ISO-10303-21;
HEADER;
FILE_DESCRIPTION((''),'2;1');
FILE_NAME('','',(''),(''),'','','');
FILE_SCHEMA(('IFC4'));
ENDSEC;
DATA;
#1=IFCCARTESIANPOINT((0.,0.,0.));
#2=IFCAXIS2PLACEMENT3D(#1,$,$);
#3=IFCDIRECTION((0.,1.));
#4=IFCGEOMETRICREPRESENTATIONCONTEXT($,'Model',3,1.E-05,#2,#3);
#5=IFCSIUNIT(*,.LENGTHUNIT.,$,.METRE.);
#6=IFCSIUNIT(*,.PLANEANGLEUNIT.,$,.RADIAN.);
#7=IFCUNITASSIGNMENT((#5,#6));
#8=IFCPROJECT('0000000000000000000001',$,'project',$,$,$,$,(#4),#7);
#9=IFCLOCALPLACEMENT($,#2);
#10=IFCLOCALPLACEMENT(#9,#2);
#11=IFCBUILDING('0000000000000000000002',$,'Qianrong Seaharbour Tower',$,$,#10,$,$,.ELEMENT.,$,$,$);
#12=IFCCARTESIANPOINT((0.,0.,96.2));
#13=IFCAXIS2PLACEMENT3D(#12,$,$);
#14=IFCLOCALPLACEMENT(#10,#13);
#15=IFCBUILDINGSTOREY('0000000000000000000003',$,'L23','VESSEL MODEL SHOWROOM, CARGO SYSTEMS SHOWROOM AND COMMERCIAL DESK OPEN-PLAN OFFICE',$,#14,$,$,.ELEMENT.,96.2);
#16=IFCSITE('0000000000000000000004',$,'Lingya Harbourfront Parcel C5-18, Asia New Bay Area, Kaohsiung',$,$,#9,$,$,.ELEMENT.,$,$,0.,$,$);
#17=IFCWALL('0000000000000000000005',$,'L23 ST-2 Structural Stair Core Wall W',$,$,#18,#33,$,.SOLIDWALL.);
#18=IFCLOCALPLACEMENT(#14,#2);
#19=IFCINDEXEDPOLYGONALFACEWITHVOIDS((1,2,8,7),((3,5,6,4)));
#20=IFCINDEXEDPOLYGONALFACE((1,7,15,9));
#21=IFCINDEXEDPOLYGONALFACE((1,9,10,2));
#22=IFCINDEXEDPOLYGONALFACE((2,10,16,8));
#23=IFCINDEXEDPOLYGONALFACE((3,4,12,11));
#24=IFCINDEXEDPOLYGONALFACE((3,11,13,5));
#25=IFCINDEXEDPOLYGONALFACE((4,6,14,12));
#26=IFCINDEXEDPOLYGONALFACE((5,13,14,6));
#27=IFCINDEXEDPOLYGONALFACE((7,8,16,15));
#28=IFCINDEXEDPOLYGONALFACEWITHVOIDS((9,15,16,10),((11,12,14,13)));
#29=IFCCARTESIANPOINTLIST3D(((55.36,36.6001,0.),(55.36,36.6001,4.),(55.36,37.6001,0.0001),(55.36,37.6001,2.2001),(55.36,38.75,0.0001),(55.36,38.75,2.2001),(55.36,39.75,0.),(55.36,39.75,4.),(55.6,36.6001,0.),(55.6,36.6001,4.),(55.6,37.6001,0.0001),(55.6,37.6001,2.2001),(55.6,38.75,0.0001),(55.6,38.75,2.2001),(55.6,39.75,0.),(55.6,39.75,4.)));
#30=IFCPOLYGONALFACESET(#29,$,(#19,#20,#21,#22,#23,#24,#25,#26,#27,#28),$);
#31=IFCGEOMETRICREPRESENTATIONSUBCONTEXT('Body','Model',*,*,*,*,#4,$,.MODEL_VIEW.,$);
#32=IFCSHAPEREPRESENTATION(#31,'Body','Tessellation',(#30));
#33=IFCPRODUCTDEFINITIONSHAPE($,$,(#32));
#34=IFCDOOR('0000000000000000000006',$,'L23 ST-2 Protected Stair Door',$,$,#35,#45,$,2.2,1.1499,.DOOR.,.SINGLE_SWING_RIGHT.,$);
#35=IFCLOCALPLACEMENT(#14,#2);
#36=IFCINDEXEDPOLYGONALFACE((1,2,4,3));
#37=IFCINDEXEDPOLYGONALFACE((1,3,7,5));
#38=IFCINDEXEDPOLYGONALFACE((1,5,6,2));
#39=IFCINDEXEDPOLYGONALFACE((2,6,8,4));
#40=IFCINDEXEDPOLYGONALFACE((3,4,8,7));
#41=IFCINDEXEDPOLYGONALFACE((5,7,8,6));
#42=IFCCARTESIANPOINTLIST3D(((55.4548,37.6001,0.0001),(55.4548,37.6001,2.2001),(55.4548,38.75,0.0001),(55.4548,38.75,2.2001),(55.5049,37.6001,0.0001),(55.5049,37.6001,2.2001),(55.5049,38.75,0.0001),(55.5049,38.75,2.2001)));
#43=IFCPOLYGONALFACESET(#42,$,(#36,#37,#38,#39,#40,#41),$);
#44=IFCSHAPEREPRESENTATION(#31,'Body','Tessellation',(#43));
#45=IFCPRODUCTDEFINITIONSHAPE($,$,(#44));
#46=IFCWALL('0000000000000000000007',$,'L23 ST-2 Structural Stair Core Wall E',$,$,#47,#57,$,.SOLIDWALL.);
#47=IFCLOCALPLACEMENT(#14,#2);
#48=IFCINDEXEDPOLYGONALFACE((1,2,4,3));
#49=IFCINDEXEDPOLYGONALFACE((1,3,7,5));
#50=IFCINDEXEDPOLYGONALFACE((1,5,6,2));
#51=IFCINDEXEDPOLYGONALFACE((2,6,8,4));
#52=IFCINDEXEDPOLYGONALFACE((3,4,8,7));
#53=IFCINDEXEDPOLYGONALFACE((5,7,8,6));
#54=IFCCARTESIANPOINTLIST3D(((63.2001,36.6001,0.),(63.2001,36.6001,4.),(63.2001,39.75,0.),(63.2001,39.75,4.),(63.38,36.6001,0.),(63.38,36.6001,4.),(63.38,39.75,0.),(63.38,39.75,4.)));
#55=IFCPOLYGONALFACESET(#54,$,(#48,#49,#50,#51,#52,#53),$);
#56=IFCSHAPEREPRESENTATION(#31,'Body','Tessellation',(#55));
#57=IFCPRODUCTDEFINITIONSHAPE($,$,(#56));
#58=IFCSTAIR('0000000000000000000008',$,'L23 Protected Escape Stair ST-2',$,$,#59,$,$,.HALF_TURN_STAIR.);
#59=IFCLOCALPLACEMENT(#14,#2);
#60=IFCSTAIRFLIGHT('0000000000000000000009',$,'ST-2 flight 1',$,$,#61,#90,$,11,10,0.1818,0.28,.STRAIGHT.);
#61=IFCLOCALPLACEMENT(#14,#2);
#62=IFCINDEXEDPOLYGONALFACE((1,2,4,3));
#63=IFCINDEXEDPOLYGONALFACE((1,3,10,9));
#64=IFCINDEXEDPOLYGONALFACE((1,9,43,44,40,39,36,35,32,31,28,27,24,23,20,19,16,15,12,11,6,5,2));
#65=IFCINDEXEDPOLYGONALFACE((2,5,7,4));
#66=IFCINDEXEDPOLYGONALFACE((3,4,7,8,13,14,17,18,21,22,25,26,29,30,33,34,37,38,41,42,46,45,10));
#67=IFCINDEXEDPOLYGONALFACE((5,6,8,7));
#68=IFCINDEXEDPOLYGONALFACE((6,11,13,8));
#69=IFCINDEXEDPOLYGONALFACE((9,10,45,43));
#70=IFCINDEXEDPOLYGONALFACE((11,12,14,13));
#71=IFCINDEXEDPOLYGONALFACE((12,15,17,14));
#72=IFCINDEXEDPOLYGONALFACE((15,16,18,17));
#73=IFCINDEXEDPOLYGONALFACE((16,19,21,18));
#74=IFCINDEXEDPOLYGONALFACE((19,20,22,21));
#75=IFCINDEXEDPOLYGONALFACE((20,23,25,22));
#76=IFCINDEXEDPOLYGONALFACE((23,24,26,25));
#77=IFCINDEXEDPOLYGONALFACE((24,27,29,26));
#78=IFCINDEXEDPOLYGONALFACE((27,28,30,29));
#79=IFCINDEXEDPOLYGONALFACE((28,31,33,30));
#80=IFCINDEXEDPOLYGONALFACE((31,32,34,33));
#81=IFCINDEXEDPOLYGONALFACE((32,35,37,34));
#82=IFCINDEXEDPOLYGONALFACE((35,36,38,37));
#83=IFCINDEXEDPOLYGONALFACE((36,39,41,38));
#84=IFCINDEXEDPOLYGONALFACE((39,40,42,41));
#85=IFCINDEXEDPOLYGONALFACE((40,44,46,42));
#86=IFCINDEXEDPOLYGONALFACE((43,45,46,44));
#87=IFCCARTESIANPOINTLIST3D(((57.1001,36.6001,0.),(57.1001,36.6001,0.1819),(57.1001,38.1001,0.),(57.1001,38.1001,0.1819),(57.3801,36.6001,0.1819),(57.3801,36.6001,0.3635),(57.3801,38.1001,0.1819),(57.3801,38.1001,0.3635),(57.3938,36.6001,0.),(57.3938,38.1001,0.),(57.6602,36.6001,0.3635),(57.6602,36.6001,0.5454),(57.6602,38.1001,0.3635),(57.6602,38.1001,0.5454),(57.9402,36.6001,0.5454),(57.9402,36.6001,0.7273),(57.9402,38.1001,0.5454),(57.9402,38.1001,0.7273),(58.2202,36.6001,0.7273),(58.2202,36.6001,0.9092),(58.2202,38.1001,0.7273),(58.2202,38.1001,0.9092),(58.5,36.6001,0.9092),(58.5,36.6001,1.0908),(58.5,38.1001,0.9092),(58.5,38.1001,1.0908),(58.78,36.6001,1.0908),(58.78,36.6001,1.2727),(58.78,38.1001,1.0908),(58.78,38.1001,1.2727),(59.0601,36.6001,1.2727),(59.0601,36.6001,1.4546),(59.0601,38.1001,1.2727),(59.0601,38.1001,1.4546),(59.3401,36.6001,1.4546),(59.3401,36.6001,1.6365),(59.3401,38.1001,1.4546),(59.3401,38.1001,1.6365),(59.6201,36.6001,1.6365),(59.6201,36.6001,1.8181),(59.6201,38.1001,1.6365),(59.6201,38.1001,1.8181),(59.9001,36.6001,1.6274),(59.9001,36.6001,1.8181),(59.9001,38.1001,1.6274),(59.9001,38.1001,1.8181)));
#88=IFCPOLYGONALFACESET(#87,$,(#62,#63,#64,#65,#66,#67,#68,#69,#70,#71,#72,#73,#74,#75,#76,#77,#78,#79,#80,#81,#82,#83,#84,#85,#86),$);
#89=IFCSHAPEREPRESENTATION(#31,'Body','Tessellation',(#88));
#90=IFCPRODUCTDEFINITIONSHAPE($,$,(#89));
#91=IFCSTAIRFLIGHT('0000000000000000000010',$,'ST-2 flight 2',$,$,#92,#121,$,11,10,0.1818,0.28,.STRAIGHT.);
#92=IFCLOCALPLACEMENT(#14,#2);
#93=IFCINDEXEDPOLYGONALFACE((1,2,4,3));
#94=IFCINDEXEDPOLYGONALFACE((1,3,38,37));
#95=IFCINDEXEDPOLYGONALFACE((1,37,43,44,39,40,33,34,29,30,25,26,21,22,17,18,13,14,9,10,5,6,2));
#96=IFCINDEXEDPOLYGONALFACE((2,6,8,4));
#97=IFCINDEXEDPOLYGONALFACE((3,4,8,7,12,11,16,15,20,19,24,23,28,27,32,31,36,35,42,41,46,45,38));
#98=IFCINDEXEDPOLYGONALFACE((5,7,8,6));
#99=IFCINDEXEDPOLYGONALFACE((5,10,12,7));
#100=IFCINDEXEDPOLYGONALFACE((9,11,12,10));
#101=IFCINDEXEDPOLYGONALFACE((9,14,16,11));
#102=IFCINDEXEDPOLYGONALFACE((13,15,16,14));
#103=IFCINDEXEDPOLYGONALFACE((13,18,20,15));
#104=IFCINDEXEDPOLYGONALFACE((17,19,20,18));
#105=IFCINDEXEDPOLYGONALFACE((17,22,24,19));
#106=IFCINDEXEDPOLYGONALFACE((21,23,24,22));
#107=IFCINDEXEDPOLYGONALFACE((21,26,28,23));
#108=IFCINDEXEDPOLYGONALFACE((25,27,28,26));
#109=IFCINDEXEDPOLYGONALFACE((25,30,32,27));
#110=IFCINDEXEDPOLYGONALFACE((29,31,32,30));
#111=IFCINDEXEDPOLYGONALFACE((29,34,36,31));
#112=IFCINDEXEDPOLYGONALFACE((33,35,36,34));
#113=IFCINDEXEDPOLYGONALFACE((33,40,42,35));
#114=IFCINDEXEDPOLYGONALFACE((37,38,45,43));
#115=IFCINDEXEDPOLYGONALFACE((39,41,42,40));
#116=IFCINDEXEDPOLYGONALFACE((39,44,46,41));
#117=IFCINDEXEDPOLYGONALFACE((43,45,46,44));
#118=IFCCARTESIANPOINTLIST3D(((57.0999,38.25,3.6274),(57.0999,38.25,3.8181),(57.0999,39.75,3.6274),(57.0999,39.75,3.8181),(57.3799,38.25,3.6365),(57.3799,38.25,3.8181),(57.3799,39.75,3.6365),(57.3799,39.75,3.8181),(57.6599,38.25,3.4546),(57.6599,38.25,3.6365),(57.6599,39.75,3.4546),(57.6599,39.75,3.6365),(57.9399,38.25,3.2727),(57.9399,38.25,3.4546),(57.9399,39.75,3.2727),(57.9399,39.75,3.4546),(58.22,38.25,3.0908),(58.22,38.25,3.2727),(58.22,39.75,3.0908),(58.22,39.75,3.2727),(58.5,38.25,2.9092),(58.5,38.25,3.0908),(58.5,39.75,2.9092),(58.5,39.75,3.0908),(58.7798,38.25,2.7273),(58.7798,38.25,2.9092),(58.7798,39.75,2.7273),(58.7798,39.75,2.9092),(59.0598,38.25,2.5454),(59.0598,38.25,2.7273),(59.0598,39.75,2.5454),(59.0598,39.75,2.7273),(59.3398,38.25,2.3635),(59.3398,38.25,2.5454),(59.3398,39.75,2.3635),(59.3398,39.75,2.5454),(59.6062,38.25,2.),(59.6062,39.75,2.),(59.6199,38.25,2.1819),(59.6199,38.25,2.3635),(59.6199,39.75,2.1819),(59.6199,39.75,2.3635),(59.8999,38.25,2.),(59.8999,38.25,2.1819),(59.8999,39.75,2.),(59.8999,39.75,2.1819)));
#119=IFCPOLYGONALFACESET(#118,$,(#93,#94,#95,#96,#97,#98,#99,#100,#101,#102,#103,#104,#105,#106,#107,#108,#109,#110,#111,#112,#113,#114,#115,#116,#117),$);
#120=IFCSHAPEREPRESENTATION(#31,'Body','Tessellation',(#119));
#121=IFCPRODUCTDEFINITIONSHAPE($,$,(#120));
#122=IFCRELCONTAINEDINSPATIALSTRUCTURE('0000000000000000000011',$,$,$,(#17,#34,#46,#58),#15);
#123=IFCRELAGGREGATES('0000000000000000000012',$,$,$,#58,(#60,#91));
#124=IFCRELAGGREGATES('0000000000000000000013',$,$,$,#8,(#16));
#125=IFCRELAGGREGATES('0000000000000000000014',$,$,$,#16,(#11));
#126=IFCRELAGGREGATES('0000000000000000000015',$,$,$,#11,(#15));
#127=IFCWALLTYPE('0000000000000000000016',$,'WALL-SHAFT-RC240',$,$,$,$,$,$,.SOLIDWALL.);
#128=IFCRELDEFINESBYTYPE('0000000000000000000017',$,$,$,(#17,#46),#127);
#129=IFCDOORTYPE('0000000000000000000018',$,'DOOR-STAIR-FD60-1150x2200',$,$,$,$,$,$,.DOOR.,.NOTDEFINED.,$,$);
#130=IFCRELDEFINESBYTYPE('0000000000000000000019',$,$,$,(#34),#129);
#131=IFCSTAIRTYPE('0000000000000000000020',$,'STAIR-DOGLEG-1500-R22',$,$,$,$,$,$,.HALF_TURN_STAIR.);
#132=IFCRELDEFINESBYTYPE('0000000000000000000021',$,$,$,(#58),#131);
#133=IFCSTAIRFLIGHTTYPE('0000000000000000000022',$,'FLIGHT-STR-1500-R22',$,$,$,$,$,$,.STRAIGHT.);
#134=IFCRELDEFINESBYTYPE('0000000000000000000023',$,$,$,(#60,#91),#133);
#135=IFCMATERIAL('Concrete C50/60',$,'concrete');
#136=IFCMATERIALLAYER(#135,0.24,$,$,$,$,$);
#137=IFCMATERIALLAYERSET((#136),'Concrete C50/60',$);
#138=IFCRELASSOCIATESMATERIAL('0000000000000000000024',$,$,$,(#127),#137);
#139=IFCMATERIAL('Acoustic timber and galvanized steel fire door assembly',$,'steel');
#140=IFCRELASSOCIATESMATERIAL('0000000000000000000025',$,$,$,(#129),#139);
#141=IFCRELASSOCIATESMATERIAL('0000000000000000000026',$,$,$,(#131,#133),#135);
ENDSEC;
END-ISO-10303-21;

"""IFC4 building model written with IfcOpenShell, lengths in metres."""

from ifc_helpers import new_model, si_unit, direction, frame, frame_2d, origin, place, context, subcontext, project, spatial, polyline, rectangle, outline, extrude, material, layer, layer_set, type_object, element, fill, aggregate, save


model = new_model("IFC4")

# Units and contexts
model_context = context("Model", 3, precision=1e-05, world=origin(), true_north=direction((0.0, 1.0)))
body_context = subcontext(model_context, "Body", "Model", "MODEL_VIEW")
ifc_project = project(units=[si_unit("LENGTHUNIT", "METRE"), si_unit("PLANEANGLEUNIT", "RADIAN")], contexts=[model_context])

# Site, building, storey
site_placement = place(None, origin())
site = spatial("IfcSite", under=ifc_project, at=site_placement, Name="Lingya Harbourfront Parcel C5-18, Asia New Bay Area, Kaohsiung", CompositionType="ELEMENT", RefElevation=0.0)
building_placement = place(site_placement, origin())
building = spatial("IfcBuilding", under=site, at=building_placement, Name="Qianrong Seaharbour Tower", CompositionType="ELEMENT")
storey_placement = place(building_placement, frame((0.0, 0.0, 96.2)))
storey = spatial("IfcBuildingStorey", under=building, at=storey_placement, Name="L23", Description="VESSEL MODEL SHOWROOM, CARGO SYSTEMS SHOWROOM AND COMMERCIAL DESK OPEN-PLAN OFFICE", CompositionType="ELEMENT", Elevation=96.2)

# Shared definitions
ifc_material_1 = material(Name="Concrete C50/60", Category="concrete")
ifc_layer_1 = layer(ifc_material_1, 0.24)
ifc_layer_set_1 = layer_set([ifc_layer_1], Name="Concrete C50/60")
wall_type_1 = type_object("IfcWallType", Name="WALL-SHAFT-RC240", PredefinedType="SOLIDWALL", material=ifc_layer_set_1)

# Wall, opening, door
wall_1_placement = place(storey_placement, frame((55.48, 39.75, 0.0), z_axis=(0.0, 0.0, 1.0), x_axis=(0.0, -1.0, 0.0)))
wall_1 = element("IfcWall", 1, at=wall_1_placement, inside=storey, type_object=wall_type_1, Name="L23 ST-2 Structural Stair Core Wall W", PredefinedType="SOLIDWALL", context=body_context, shape_type="SweptSolid", body=[
    extrude(rectangle(XDim=3.1499, YDim=0.24, at=frame_2d((1.575, 0.0))), origin(), (0.0, 0.0, 1.0), 4.0),
])
opening_1_placement = place(wall_1_placement, frame((1.0, 0.0, 0.0)))
opening_1 = element("IfcOpeningElement", 2, at=opening_1_placement, cuts=wall_1, PredefinedType="OPENING", context=body_context, shape_type="SweptSolid", body=[
    extrude(rectangle(XDim=1.1499, YDim=2.2, at=frame_2d((0.575, 1.1001))), frame((0.0, 0.1299, 0.0), z_axis=(0.0, -1.0, 0.0), x_axis=(1.0, 0.0, 0.0)), (0.0, 0.0, 1.0), 0.26),
])
ifc_material_2 = material(Name="Acoustic timber and galvanized steel fire door assembly", Category="steel")
door_type = type_object("IfcDoorType", Name="DOOR-STAIR-FD60-1150x2200", OperationType="NOTDEFINED", PredefinedType="DOOR", material=ifc_material_2)
door_placement = place(opening_1_placement, origin())
door = element("IfcDoor", 3, at=door_placement, inside=storey, type_object=door_type, Name="L23 ST-2 Protected Stair Door", OperationType="SINGLE_SWING_RIGHT", OverallHeight=2.2, OverallWidth=1.1499, PredefinedType="DOOR", context=body_context, shape_type="SweptSolid", body=[
    extrude(rectangle(XDim=1.1499, YDim=2.2, at=frame_2d((0.575, 1.1001))), frame((0.0, 0.0249, 0.0), z_axis=(0.0, -1.0, 0.0), x_axis=(1.0, 0.0, 0.0)), (0.0, 0.0, 1.0), 0.05),
])
fill(opening_1, door)

# Wall
wall_2_placement = place(storey_placement, frame((63.29, 36.6001, 0.0), z_axis=(0.0, 0.0, 1.0), x_axis=(0.0, 1.0, 0.0)))
element("IfcWall", 4, at=wall_2_placement, inside=storey, type_object=wall_type_1, Name="L23 ST-2 Structural Stair Core Wall E", PredefinedType="SOLIDWALL", context=body_context, shape_type="SweptSolid", body=[
    extrude(rectangle(XDim=3.1499, YDim=0.1799, at=frame_2d((1.575, 0.0))), origin(), (0.0, 0.0, 1.0), 4.0),
])

# Stair, stair flights
stair_type = type_object("IfcStairType", Name="STAIR-DOGLEG-1500-R22", PredefinedType="HALF_TURN_STAIR", material=ifc_material_1)
stair_placement = place(storey_placement, origin())
stair = element("IfcStair", 5, at=stair_placement, inside=storey, type_object=stair_type, Name="L23 Protected Escape Stair ST-2", PredefinedType="HALF_TURN_STAIR")
stair_flight_type = type_object("IfcStairFlightType", Name="FLIGHT-STR-1500-R22", PredefinedType="STRAIGHT", material=ifc_material_1)
stair_flight_1_placement = place(storey_placement, frame((57.1001, 37.3501, 0.0), z_axis=(0.0, 0.0, 1.0), x_axis=(1.0, 0.0, 0.0)))
stair_flight_1 = element("IfcStairFlight", 6, at=stair_flight_1_placement, type_object=stair_flight_type, Name="ST-2 flight 1", NumberOfRisers=11, NumberOfTreads=10, PredefinedType="STRAIGHT", RiserHeight=0.1818, TreadLength=0.28, context=body_context, shape_type="SweptSolid", body=[
    extrude(outline(polyline([(0.0, 0.0), (0.0, 0.1819), (0.28, 0.1819), (0.28, 0.3635), (0.5601, 0.3635), (0.5601, 0.5454), (0.8401, 0.5454), (0.8401, 0.7273), (1.1201, 0.7273), (1.1201, 0.9092), (1.3999, 0.9092), (1.3999, 1.0908), (1.6799, 1.0908), (1.6799, 1.2727), (1.96, 1.2727), (1.96, 1.4546), (2.24, 1.4546), (2.24, 1.6365), (2.52, 1.6365), (2.52, 1.8181), (2.8, 1.8181), (2.8, 2.0), (2.8, 1.6274), (0.2937, 0.0), (0.0, 0.0)])), frame((0.0, 0.75, 0.0), z_axis=(0.0, -1.0, 0.0), x_axis=(1.0, 0.0, 0.0)), (0.0, 0.0, 1.0), 1.5),
])
stair_flight_2_placement = place(storey_placement, frame((59.8999, 39.0, 2.0), z_axis=(0.0, 0.0, 1.0), x_axis=(-1.0, 0.0, 0.0)))
stair_flight_2 = element("IfcStairFlight", 7, at=stair_flight_2_placement, type_object=stair_flight_type, Name="ST-2 flight 2", NumberOfRisers=11, NumberOfTreads=10, PredefinedType="STRAIGHT", RiserHeight=0.1818, TreadLength=0.28, context=body_context, shape_type="SweptSolid", body=[
    extrude(outline(polyline([(0.0, 0.0), (0.0, 0.1819), (0.28, 0.1819), (0.28, 0.3635), (0.5601, 0.3635), (0.5601, 0.5454), (0.8401, 0.5454), (0.8401, 0.7273), (1.1201, 0.7273), (1.1201, 0.9092), (1.3999, 0.9092), (1.3999, 1.0908), (1.6799, 1.0908), (1.6799, 1.2727), (1.96, 1.2727), (1.96, 1.4546), (2.24, 1.4546), (2.24, 1.6365), (2.52, 1.6365), (2.52, 1.8181), (2.8, 1.8181), (2.8, 2.0), (2.8, 1.6274), (0.2937, 0.0), (0.0, 0.0)])), frame((0.0, 0.75, 0.0), z_axis=(0.0, -1.0, 0.0), x_axis=(1.0, 0.0, 0.0)), (0.0, 0.0, 1.0), 1.5),
])
aggregate(stair, [stair_flight_1, stair_flight_2])

save(model, "model.ifc")
